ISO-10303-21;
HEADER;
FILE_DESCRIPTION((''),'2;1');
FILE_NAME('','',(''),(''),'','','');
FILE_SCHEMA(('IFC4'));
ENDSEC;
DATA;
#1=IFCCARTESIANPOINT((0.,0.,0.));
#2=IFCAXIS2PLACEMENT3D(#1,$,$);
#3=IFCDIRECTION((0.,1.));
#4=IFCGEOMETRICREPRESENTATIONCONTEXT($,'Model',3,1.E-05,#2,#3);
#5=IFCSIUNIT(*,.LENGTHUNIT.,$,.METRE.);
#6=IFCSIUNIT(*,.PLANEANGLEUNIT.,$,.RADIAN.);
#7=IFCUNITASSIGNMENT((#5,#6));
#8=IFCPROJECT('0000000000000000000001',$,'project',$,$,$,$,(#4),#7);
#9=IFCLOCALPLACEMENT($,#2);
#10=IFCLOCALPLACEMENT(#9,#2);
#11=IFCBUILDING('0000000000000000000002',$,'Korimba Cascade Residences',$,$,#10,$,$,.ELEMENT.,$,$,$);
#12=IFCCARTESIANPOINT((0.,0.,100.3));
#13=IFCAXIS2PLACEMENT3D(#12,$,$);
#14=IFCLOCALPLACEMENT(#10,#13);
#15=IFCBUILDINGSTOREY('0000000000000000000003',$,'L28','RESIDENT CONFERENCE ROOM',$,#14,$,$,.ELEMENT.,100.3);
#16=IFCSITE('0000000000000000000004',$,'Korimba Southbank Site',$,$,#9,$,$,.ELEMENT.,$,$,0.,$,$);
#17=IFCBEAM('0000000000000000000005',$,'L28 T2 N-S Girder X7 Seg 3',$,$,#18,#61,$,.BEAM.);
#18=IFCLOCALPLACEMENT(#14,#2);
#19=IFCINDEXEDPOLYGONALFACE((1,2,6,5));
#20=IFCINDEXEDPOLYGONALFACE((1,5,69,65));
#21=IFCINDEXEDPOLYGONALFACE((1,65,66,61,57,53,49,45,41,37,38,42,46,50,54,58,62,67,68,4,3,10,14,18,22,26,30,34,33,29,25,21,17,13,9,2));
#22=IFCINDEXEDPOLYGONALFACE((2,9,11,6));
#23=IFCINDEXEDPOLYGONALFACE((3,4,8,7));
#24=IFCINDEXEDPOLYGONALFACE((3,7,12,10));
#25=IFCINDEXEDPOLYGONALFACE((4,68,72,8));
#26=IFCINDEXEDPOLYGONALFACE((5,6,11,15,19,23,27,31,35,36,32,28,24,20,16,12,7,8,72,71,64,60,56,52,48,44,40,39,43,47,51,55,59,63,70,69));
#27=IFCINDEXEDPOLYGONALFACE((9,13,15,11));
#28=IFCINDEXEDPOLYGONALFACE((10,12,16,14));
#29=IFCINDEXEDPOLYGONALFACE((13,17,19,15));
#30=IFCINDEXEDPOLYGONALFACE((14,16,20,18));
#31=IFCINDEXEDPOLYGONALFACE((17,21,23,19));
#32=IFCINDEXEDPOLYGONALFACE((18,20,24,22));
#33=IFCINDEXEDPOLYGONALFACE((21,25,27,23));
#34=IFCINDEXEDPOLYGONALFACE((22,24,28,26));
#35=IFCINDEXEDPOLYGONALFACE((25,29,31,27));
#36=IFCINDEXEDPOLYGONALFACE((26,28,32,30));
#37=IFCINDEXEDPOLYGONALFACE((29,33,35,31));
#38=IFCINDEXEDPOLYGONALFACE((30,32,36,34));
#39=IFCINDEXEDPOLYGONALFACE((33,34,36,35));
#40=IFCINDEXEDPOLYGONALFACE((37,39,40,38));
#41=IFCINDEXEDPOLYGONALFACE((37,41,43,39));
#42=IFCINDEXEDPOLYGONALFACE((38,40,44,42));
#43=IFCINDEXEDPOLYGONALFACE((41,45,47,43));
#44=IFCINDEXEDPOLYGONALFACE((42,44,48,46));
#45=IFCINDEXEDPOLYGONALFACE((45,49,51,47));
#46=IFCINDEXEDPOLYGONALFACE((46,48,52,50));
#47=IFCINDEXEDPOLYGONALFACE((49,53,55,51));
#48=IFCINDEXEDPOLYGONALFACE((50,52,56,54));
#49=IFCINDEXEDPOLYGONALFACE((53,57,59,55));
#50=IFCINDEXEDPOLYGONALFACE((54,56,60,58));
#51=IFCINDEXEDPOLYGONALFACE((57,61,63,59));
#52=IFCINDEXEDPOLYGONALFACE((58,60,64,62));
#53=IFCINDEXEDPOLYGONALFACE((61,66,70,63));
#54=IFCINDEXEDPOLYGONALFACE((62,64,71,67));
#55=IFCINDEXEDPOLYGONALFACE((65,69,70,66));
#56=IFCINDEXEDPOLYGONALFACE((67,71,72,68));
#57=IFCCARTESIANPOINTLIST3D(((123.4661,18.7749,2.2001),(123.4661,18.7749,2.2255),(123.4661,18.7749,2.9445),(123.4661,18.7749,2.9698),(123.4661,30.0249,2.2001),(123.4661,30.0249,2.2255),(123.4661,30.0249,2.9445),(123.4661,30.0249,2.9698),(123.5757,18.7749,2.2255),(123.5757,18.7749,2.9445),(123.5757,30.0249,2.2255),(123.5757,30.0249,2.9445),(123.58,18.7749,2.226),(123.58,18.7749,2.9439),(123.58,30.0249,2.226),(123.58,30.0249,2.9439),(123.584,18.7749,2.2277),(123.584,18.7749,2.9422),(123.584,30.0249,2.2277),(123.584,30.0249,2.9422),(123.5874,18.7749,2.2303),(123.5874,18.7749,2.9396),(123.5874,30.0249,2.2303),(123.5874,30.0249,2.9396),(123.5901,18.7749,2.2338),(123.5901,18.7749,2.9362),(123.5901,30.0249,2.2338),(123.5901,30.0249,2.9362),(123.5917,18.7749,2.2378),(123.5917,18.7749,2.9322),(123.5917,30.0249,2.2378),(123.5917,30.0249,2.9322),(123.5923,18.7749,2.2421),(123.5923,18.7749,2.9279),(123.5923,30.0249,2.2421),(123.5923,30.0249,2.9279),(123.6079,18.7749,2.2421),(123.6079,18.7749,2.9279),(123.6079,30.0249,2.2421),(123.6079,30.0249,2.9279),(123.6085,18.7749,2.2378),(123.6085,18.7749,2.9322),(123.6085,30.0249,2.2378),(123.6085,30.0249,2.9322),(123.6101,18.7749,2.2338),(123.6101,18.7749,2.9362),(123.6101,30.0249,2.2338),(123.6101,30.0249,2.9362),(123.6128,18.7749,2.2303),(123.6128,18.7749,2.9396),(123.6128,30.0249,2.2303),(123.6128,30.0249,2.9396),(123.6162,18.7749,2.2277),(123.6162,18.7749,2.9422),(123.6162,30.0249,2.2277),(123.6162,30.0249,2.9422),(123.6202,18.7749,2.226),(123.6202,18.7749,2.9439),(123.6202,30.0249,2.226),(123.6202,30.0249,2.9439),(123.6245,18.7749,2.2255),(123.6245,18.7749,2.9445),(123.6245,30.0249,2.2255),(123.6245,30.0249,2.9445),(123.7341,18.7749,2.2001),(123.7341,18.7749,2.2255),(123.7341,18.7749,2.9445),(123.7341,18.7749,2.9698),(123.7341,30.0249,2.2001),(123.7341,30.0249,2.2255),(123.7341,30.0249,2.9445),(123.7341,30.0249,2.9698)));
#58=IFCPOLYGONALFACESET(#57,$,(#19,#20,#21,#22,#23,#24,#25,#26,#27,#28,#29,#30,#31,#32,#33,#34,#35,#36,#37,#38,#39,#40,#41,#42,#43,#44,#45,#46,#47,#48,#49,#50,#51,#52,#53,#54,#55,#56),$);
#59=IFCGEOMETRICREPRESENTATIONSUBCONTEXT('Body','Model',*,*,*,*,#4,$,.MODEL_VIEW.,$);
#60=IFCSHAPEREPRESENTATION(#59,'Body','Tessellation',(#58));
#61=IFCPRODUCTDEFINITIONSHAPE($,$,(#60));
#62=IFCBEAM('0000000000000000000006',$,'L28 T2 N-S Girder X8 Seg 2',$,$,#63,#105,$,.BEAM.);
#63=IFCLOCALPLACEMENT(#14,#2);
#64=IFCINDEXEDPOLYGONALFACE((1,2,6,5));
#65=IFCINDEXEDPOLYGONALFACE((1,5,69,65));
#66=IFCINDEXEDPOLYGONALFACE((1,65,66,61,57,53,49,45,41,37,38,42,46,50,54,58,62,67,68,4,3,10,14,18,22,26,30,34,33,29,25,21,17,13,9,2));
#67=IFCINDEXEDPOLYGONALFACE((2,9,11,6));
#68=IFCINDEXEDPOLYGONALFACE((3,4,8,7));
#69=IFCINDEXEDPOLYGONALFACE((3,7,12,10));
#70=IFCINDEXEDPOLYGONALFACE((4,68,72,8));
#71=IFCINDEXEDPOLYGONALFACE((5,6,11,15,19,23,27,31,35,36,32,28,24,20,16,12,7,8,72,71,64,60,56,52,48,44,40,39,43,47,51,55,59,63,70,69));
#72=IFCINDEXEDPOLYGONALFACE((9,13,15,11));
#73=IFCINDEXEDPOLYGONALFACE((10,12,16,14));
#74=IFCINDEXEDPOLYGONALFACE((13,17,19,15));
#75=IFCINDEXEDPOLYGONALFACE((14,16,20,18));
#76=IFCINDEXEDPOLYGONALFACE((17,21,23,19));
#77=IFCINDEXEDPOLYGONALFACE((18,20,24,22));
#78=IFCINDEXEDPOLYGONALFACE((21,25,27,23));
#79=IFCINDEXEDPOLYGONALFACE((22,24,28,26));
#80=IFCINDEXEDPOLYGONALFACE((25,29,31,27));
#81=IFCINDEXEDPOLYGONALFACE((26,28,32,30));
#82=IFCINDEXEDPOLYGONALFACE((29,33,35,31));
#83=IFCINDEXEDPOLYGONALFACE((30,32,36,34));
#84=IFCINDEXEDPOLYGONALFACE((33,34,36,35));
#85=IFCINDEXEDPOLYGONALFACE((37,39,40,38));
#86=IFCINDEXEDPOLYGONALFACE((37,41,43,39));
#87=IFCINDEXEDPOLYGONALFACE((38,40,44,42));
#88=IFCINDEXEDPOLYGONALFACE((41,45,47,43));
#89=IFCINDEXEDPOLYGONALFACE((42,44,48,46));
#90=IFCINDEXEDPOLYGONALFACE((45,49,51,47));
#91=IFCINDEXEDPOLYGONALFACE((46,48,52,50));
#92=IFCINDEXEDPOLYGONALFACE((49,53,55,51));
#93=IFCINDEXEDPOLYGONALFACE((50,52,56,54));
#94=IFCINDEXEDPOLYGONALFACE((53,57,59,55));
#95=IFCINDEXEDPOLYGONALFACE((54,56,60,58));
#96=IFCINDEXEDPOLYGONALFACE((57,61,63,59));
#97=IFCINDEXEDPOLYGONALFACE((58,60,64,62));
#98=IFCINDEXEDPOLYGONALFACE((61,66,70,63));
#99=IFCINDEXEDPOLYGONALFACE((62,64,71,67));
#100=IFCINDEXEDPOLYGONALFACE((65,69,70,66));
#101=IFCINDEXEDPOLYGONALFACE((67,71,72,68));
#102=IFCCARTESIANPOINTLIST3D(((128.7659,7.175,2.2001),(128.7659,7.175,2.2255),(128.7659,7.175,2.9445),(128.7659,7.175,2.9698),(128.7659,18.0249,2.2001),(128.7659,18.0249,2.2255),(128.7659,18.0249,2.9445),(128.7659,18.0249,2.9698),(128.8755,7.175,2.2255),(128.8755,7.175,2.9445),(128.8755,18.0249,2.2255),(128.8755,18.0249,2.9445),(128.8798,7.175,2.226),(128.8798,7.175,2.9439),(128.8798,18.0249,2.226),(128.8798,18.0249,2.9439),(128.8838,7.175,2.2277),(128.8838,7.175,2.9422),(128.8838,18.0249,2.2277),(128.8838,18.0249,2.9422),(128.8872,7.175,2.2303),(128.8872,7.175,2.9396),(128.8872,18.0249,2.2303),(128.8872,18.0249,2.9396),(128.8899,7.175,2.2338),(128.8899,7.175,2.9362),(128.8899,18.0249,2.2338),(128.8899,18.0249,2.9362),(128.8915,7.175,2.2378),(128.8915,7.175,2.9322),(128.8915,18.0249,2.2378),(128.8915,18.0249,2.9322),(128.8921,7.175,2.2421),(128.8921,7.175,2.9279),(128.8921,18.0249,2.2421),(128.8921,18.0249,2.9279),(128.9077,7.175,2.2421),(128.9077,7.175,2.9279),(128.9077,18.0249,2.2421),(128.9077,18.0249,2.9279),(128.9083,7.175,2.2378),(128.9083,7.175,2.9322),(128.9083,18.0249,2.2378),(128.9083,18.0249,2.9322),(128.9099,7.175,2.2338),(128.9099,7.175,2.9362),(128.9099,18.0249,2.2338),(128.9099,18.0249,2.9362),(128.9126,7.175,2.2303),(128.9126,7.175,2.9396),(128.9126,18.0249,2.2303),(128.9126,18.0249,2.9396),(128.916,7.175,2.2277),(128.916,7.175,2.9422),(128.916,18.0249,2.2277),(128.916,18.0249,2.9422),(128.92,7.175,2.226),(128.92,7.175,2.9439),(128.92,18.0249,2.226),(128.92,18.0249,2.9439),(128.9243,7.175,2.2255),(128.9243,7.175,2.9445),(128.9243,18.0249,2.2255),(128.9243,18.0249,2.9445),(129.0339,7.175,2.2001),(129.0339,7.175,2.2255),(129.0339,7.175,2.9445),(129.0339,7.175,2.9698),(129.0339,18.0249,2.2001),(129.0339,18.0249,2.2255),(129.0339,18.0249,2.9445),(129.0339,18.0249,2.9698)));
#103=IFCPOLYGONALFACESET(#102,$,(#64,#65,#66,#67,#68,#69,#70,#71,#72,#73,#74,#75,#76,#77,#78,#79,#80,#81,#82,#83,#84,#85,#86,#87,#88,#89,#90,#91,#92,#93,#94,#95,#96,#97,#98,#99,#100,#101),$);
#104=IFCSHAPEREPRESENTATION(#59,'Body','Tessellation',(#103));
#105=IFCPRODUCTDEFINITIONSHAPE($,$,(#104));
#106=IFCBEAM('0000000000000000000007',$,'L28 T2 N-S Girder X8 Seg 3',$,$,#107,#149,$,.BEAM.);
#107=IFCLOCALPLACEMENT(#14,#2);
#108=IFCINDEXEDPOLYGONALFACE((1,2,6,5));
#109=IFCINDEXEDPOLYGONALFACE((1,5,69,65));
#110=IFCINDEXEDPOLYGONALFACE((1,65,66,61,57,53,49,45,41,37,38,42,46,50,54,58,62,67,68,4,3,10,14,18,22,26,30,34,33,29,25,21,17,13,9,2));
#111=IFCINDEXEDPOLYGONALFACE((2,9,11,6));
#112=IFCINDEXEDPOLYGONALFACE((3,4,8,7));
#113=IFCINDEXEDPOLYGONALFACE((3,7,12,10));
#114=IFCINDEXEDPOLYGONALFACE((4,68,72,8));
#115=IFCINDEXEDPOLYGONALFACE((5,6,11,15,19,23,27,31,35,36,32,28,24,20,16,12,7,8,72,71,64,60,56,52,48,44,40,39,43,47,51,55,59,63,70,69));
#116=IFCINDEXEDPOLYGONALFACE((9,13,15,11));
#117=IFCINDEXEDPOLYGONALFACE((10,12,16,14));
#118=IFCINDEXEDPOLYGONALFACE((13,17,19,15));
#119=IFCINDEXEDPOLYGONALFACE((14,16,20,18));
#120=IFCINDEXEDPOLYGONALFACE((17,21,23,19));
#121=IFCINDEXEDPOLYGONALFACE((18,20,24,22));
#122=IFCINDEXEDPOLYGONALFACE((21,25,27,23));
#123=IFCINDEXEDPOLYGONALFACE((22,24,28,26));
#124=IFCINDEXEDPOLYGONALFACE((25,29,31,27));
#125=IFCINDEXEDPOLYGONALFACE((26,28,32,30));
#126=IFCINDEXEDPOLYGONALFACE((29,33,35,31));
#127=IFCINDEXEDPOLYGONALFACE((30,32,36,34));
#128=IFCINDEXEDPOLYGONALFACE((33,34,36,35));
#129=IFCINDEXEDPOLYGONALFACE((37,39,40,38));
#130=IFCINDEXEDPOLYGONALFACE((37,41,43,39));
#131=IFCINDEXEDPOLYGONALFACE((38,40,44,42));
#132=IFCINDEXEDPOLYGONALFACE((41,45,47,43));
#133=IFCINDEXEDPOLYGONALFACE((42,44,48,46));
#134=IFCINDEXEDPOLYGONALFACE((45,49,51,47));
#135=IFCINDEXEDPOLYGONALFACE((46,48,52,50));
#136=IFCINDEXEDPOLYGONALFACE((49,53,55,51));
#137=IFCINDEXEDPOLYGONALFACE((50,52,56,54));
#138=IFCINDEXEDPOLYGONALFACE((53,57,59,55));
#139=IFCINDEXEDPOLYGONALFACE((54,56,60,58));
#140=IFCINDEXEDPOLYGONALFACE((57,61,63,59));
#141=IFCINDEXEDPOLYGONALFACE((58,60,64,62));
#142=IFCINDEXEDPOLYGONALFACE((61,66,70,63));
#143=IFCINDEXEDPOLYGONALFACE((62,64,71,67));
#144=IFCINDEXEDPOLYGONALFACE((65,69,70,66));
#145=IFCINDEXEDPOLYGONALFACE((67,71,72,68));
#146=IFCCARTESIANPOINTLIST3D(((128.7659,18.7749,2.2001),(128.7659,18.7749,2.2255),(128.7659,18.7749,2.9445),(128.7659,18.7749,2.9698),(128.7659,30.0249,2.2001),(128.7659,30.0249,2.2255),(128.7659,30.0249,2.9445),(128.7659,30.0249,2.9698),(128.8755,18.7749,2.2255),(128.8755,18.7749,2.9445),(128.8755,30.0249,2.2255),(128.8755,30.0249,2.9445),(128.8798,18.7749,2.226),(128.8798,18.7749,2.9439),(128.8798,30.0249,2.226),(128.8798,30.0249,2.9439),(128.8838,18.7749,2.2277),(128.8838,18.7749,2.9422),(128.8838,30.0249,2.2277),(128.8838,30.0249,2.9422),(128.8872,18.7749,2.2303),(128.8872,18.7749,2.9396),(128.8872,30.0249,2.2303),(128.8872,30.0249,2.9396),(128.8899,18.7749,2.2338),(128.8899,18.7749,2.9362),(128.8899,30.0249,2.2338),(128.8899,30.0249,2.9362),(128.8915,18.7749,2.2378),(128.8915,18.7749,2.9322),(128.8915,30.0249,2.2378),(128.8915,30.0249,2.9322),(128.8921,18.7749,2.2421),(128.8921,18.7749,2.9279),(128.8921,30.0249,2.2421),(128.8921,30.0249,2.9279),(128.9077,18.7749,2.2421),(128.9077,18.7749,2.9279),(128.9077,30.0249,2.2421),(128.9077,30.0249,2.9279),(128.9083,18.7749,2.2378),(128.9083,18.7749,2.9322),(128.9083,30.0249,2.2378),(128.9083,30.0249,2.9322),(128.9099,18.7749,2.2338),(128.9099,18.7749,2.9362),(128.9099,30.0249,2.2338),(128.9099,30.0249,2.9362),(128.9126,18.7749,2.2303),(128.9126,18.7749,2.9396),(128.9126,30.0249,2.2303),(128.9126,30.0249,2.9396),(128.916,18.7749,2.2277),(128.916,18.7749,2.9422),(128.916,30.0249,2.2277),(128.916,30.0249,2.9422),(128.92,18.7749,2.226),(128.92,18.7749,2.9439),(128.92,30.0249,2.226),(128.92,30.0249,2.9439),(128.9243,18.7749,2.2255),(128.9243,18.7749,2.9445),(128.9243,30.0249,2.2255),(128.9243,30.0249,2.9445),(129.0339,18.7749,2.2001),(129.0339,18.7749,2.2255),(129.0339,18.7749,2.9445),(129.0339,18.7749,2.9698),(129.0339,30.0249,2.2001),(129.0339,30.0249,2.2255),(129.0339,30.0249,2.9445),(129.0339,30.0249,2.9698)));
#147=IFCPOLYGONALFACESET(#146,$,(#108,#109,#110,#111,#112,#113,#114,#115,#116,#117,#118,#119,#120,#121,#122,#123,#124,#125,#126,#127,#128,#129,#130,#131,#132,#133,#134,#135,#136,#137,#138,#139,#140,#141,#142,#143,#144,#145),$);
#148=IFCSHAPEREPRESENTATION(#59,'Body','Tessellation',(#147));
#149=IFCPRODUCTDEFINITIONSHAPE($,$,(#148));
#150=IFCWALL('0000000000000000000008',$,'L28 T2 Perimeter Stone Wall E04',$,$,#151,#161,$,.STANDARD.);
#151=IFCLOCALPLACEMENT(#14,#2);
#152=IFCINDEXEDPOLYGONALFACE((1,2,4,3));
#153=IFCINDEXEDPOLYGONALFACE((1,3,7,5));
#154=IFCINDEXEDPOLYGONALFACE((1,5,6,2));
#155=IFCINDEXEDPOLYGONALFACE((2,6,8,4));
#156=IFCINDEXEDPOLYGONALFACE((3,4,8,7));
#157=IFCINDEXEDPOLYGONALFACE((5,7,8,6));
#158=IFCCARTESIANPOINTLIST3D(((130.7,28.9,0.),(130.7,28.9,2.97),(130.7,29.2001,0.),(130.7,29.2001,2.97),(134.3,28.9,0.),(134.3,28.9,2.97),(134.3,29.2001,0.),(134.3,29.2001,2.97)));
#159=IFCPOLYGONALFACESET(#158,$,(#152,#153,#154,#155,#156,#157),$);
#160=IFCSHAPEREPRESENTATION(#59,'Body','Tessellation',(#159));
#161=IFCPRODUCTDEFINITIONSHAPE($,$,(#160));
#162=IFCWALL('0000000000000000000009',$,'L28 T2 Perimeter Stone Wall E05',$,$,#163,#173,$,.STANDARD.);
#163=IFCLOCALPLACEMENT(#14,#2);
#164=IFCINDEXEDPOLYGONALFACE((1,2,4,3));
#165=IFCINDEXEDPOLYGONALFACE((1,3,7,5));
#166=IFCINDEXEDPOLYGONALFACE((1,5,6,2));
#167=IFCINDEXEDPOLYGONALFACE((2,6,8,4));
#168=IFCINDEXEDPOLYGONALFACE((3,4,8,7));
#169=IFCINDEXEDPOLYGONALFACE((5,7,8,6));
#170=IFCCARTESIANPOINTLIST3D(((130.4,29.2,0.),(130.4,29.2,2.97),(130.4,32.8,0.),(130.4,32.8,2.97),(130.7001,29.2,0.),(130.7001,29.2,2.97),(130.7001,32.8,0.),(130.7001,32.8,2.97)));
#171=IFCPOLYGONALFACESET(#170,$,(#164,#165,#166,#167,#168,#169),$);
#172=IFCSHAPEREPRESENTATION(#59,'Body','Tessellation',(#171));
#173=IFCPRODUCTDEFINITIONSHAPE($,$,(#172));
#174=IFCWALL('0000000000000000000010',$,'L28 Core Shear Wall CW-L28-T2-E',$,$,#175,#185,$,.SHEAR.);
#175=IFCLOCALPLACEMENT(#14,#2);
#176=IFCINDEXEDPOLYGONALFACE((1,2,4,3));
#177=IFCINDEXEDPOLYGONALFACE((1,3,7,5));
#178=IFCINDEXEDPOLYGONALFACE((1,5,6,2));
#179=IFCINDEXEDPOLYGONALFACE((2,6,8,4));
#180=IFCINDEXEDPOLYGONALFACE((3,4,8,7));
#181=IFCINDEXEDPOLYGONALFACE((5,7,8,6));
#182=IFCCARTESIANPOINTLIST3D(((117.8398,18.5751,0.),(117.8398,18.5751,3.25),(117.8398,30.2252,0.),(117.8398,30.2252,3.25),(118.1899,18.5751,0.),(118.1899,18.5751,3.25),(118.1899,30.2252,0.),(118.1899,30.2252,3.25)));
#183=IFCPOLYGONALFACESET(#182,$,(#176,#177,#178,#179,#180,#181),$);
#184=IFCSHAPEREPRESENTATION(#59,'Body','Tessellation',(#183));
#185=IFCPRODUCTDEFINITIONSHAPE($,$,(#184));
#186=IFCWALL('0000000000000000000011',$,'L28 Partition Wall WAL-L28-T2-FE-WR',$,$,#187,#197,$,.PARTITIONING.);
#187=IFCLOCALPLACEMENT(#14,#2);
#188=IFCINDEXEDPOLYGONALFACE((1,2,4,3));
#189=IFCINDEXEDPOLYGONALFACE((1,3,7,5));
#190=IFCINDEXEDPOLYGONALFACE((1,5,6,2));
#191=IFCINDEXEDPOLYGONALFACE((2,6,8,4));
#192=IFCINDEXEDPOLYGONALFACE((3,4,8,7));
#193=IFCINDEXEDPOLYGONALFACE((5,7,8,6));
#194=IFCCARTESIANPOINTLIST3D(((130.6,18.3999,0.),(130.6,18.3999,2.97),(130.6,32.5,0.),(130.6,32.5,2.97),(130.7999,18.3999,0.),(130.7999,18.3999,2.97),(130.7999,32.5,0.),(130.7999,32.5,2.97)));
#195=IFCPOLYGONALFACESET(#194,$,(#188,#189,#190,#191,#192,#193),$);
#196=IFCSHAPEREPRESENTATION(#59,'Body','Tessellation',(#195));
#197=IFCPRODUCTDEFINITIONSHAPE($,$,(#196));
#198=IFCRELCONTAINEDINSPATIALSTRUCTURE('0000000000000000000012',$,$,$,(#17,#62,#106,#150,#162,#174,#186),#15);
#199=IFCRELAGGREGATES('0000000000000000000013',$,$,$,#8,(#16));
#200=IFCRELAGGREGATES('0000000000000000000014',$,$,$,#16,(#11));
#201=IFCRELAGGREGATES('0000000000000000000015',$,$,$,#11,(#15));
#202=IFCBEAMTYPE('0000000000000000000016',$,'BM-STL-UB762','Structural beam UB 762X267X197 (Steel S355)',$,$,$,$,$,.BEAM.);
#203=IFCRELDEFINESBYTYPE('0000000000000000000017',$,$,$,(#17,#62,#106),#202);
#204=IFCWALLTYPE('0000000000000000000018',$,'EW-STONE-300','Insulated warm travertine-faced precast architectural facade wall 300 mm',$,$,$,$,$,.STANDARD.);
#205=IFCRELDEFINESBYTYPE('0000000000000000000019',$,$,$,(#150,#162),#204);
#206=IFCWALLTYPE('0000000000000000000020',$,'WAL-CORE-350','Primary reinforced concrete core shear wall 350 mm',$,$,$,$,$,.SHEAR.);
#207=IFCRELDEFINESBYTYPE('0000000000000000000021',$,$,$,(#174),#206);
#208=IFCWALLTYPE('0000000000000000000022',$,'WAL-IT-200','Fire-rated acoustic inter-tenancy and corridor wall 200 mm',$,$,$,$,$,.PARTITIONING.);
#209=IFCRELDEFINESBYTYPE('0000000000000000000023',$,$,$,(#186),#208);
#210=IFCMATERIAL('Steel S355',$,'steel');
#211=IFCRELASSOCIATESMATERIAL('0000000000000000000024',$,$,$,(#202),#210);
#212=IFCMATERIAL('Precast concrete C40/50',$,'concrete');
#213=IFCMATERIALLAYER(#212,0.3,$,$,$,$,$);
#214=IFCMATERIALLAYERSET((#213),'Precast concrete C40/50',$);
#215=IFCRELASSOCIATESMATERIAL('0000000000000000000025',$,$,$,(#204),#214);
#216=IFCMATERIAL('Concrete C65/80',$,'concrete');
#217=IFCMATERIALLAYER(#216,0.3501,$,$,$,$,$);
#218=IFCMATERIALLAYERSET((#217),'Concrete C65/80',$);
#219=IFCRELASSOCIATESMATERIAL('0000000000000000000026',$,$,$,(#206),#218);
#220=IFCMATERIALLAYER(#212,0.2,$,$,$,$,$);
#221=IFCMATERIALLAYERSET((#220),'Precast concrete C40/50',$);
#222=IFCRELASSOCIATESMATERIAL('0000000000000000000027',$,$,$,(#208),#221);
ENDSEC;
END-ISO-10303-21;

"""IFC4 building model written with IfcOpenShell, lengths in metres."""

from ifc_helpers import new_model, si_unit, direction, frame, frame_2d, origin, origin_2d, place, context, subcontext, project, spatial, rectangle, i_section, extrude, material, layer, layer_set, material_profile, profile_set, type_object, element, save


model = new_model("IFC4")

# Units and contexts
model_context = context("Model", 3, precision=1e-05, world=origin(), true_north=direction((0.0, 1.0)))
body_context = subcontext(model_context, "Body", "Model", "MODEL_VIEW")
ifc_project = project(units=[si_unit("LENGTHUNIT", "METRE"), si_unit("PLANEANGLEUNIT", "RADIAN")], contexts=[model_context])

# Site, building, storey
site_placement = place(None, origin())
site = spatial("IfcSite", under=ifc_project, at=site_placement, Name="Korimba Southbank Site", CompositionType="ELEMENT", RefElevation=0.0)
building_placement = place(site_placement, origin())
building = spatial("IfcBuilding", under=site, at=building_placement, Name="Korimba Cascade Residences", CompositionType="ELEMENT")
storey_placement = place(building_placement, frame((0.0, 0.0, 100.3)))
storey = spatial("IfcBuildingStorey", under=building, at=storey_placement, Name="L28", Description="RESIDENT CONFERENCE ROOM", CompositionType="ELEMENT", Elevation=100.3)

# Shared definitions
ifc_material_1 = material(Name="Concrete C65/80", Category="concrete")

# Beams
ifc_material_2 = material(Name="Steel S355", Category="steel")
ifc_material_profile_1 = material_profile(ifc_material_2, i_section(OverallWidth=0.2681, OverallDepth=0.7698, WebThickness=0.0156, FlangeThickness=0.0254, FilletRadius=0.0166, at=origin_2d()), Name="Steel S355")
ifc_profile_set_1 = profile_set([ifc_material_profile_1], Name="Steel S355")
beam_type_1 = type_object("IfcBeamType", Name="BM-STL-UB762", Description="Structural beam UB 762X267X197 (Steel S355)", PredefinedType="BEAM", material=ifc_profile_set_1)
beam_1_placement = place(storey_placement, frame((123.6001, 18.7749, 2.585), z_axis=(0.0, 1.0, 0.0), x_axis=(-1.0, 0.0, 0.0)))
element("IfcBeam", 1, at=beam_1_placement, inside=storey, type_object=beam_type_1, Name="L28 T2 N-S Girder X7 Seg 3", PredefinedType="BEAM", context=body_context, shape_type="SweptSolid", body=[
    extrude(i_section(OverallWidth=0.2681, OverallDepth=0.7698, WebThickness=0.0156, FlangeThickness=0.0254, FilletRadius=0.0166, at=origin_2d()), origin(), (0.0, 0.0, 1.0), 11.25),
])
beam_2_placement = place(storey_placement, frame((128.8999, 7.175, 2.585), z_axis=(0.0, 1.0, 0.0), x_axis=(-1.0, 0.0, 0.0)))
element("IfcBeam", 2, at=beam_2_placement, inside=storey, type_object=beam_type_1, Name="L28 T2 N-S Girder X8 Seg 2", PredefinedType="BEAM", context=body_context, shape_type="SweptSolid", body=[
    extrude(i_section(OverallWidth=0.2681, OverallDepth=0.7698, WebThickness=0.0156, FlangeThickness=0.0254, FilletRadius=0.0166, at=origin_2d()), origin(), (0.0, 0.0, 1.0), 10.8499),
])
beam_3_placement = place(storey_placement, frame((128.8999, 18.7749, 2.585), z_axis=(0.0, 1.0, 0.0), x_axis=(-1.0, 0.0, 0.0)))
element("IfcBeam", 3, at=beam_3_placement, inside=storey, type_object=beam_type_1, Name="L28 T2 N-S Girder X8 Seg 3", PredefinedType="BEAM", context=body_context, shape_type="SweptSolid", body=[
    extrude(i_section(OverallWidth=0.2681, OverallDepth=0.7698, WebThickness=0.0156, FlangeThickness=0.0254, FilletRadius=0.0166, at=origin_2d()), origin(), (0.0, 0.0, 1.0), 11.25),
])

# Walls
ifc_material_3 = material(Name="Precast concrete C40/50", Category="concrete")
ifc_layer_1 = layer(ifc_material_3, 0.3)
ifc_layer_set_1 = layer_set([ifc_layer_1], Name="Precast concrete C40/50")
wall_type_1 = type_object("IfcWallType", Name="EW-STONE-300", Description="Insulated warm travertine-faced precast architectural facade wall 300 mm", PredefinedType="STANDARD", material=ifc_layer_set_1)
for number, where, z_axis, x_axis, name in (
    (4, (134.3, 29.05, 0.0), (0.0, 0.0, 1.0), (-1.0, 0.0, 0.0), "L28 T2 Perimeter Stone Wall E04"),
    (5, (130.55, 29.2, 0.0), (0.0, 0.0, 1.0), (0.0, 1.0, 0.0), "L28 T2 Perimeter Stone Wall E05"),
):
    element("IfcWall", number, at=place(storey_placement, frame(where, z_axis=z_axis, x_axis=x_axis)), inside=storey, type_object=wall_type_1, Name=name, PredefinedType="STANDARD", context=body_context, shape_type="SweptSolid", body=[
        extrude(rectangle(XDim=3.6001, YDim=0.3, at=frame_2d((1.8, 0.0))), origin(), (0.0, 0.0, 1.0), 2.97),
    ])
ifc_layer_2 = layer(ifc_material_1, 0.3501)
ifc_layer_set_2 = layer_set([ifc_layer_2], Name="Concrete C65/80")
wall_type_2 = type_object("IfcWallType", Name="WAL-CORE-350", Description="Primary reinforced concrete core shear wall 350 mm", PredefinedType="SHEAR", material=ifc_layer_set_2)
wall_1_placement = place(storey_placement, frame((118.0149, 18.575, 0.0), z_axis=(0.0, 0.0, 1.0), x_axis=(0.0, 1.0, 0.0)))
element("IfcWall", 6, at=wall_1_placement, inside=storey, type_object=wall_type_2, Name="L28 Core Shear Wall CW-L28-T2-E", PredefinedType="SHEAR", context=body_context, shape_type="SweptSolid", body=[
    extrude(rectangle(XDim=11.6501, YDim=0.3501, at=frame_2d((5.8252, 0.0))), origin(), (0.0, 0.0, 1.0), 3.25),
])
ifc_layer_3 = layer(ifc_material_3, 0.2)
ifc_layer_set_3 = layer_set([ifc_layer_3], Name="Precast concrete C40/50")
wall_type_3 = type_object("IfcWallType", Name="WAL-IT-200", Description="Fire-rated acoustic inter-tenancy and corridor wall 200 mm", PredefinedType="PARTITIONING", material=ifc_layer_set_3)
wall_2_placement = place(storey_placement, frame((130.7, 18.3999, 0.0), z_axis=(0.0, 0.0, 1.0), x_axis=(0.0, 1.0, 0.0)))
element("IfcWall", 7, at=wall_2_placement, inside=storey, type_object=wall_type_3, Name="L28 Partition Wall WAL-L28-T2-FE-WR", PredefinedType="PARTITIONING", context=body_context, shape_type="SweptSolid", body=[
    extrude(rectangle(XDim=14.1001, YDim=0.2, at=frame_2d((7.05, 0.0))), origin(), (0.0, 0.0, 1.0), 2.97),
])

save(model, "model.ifc")
